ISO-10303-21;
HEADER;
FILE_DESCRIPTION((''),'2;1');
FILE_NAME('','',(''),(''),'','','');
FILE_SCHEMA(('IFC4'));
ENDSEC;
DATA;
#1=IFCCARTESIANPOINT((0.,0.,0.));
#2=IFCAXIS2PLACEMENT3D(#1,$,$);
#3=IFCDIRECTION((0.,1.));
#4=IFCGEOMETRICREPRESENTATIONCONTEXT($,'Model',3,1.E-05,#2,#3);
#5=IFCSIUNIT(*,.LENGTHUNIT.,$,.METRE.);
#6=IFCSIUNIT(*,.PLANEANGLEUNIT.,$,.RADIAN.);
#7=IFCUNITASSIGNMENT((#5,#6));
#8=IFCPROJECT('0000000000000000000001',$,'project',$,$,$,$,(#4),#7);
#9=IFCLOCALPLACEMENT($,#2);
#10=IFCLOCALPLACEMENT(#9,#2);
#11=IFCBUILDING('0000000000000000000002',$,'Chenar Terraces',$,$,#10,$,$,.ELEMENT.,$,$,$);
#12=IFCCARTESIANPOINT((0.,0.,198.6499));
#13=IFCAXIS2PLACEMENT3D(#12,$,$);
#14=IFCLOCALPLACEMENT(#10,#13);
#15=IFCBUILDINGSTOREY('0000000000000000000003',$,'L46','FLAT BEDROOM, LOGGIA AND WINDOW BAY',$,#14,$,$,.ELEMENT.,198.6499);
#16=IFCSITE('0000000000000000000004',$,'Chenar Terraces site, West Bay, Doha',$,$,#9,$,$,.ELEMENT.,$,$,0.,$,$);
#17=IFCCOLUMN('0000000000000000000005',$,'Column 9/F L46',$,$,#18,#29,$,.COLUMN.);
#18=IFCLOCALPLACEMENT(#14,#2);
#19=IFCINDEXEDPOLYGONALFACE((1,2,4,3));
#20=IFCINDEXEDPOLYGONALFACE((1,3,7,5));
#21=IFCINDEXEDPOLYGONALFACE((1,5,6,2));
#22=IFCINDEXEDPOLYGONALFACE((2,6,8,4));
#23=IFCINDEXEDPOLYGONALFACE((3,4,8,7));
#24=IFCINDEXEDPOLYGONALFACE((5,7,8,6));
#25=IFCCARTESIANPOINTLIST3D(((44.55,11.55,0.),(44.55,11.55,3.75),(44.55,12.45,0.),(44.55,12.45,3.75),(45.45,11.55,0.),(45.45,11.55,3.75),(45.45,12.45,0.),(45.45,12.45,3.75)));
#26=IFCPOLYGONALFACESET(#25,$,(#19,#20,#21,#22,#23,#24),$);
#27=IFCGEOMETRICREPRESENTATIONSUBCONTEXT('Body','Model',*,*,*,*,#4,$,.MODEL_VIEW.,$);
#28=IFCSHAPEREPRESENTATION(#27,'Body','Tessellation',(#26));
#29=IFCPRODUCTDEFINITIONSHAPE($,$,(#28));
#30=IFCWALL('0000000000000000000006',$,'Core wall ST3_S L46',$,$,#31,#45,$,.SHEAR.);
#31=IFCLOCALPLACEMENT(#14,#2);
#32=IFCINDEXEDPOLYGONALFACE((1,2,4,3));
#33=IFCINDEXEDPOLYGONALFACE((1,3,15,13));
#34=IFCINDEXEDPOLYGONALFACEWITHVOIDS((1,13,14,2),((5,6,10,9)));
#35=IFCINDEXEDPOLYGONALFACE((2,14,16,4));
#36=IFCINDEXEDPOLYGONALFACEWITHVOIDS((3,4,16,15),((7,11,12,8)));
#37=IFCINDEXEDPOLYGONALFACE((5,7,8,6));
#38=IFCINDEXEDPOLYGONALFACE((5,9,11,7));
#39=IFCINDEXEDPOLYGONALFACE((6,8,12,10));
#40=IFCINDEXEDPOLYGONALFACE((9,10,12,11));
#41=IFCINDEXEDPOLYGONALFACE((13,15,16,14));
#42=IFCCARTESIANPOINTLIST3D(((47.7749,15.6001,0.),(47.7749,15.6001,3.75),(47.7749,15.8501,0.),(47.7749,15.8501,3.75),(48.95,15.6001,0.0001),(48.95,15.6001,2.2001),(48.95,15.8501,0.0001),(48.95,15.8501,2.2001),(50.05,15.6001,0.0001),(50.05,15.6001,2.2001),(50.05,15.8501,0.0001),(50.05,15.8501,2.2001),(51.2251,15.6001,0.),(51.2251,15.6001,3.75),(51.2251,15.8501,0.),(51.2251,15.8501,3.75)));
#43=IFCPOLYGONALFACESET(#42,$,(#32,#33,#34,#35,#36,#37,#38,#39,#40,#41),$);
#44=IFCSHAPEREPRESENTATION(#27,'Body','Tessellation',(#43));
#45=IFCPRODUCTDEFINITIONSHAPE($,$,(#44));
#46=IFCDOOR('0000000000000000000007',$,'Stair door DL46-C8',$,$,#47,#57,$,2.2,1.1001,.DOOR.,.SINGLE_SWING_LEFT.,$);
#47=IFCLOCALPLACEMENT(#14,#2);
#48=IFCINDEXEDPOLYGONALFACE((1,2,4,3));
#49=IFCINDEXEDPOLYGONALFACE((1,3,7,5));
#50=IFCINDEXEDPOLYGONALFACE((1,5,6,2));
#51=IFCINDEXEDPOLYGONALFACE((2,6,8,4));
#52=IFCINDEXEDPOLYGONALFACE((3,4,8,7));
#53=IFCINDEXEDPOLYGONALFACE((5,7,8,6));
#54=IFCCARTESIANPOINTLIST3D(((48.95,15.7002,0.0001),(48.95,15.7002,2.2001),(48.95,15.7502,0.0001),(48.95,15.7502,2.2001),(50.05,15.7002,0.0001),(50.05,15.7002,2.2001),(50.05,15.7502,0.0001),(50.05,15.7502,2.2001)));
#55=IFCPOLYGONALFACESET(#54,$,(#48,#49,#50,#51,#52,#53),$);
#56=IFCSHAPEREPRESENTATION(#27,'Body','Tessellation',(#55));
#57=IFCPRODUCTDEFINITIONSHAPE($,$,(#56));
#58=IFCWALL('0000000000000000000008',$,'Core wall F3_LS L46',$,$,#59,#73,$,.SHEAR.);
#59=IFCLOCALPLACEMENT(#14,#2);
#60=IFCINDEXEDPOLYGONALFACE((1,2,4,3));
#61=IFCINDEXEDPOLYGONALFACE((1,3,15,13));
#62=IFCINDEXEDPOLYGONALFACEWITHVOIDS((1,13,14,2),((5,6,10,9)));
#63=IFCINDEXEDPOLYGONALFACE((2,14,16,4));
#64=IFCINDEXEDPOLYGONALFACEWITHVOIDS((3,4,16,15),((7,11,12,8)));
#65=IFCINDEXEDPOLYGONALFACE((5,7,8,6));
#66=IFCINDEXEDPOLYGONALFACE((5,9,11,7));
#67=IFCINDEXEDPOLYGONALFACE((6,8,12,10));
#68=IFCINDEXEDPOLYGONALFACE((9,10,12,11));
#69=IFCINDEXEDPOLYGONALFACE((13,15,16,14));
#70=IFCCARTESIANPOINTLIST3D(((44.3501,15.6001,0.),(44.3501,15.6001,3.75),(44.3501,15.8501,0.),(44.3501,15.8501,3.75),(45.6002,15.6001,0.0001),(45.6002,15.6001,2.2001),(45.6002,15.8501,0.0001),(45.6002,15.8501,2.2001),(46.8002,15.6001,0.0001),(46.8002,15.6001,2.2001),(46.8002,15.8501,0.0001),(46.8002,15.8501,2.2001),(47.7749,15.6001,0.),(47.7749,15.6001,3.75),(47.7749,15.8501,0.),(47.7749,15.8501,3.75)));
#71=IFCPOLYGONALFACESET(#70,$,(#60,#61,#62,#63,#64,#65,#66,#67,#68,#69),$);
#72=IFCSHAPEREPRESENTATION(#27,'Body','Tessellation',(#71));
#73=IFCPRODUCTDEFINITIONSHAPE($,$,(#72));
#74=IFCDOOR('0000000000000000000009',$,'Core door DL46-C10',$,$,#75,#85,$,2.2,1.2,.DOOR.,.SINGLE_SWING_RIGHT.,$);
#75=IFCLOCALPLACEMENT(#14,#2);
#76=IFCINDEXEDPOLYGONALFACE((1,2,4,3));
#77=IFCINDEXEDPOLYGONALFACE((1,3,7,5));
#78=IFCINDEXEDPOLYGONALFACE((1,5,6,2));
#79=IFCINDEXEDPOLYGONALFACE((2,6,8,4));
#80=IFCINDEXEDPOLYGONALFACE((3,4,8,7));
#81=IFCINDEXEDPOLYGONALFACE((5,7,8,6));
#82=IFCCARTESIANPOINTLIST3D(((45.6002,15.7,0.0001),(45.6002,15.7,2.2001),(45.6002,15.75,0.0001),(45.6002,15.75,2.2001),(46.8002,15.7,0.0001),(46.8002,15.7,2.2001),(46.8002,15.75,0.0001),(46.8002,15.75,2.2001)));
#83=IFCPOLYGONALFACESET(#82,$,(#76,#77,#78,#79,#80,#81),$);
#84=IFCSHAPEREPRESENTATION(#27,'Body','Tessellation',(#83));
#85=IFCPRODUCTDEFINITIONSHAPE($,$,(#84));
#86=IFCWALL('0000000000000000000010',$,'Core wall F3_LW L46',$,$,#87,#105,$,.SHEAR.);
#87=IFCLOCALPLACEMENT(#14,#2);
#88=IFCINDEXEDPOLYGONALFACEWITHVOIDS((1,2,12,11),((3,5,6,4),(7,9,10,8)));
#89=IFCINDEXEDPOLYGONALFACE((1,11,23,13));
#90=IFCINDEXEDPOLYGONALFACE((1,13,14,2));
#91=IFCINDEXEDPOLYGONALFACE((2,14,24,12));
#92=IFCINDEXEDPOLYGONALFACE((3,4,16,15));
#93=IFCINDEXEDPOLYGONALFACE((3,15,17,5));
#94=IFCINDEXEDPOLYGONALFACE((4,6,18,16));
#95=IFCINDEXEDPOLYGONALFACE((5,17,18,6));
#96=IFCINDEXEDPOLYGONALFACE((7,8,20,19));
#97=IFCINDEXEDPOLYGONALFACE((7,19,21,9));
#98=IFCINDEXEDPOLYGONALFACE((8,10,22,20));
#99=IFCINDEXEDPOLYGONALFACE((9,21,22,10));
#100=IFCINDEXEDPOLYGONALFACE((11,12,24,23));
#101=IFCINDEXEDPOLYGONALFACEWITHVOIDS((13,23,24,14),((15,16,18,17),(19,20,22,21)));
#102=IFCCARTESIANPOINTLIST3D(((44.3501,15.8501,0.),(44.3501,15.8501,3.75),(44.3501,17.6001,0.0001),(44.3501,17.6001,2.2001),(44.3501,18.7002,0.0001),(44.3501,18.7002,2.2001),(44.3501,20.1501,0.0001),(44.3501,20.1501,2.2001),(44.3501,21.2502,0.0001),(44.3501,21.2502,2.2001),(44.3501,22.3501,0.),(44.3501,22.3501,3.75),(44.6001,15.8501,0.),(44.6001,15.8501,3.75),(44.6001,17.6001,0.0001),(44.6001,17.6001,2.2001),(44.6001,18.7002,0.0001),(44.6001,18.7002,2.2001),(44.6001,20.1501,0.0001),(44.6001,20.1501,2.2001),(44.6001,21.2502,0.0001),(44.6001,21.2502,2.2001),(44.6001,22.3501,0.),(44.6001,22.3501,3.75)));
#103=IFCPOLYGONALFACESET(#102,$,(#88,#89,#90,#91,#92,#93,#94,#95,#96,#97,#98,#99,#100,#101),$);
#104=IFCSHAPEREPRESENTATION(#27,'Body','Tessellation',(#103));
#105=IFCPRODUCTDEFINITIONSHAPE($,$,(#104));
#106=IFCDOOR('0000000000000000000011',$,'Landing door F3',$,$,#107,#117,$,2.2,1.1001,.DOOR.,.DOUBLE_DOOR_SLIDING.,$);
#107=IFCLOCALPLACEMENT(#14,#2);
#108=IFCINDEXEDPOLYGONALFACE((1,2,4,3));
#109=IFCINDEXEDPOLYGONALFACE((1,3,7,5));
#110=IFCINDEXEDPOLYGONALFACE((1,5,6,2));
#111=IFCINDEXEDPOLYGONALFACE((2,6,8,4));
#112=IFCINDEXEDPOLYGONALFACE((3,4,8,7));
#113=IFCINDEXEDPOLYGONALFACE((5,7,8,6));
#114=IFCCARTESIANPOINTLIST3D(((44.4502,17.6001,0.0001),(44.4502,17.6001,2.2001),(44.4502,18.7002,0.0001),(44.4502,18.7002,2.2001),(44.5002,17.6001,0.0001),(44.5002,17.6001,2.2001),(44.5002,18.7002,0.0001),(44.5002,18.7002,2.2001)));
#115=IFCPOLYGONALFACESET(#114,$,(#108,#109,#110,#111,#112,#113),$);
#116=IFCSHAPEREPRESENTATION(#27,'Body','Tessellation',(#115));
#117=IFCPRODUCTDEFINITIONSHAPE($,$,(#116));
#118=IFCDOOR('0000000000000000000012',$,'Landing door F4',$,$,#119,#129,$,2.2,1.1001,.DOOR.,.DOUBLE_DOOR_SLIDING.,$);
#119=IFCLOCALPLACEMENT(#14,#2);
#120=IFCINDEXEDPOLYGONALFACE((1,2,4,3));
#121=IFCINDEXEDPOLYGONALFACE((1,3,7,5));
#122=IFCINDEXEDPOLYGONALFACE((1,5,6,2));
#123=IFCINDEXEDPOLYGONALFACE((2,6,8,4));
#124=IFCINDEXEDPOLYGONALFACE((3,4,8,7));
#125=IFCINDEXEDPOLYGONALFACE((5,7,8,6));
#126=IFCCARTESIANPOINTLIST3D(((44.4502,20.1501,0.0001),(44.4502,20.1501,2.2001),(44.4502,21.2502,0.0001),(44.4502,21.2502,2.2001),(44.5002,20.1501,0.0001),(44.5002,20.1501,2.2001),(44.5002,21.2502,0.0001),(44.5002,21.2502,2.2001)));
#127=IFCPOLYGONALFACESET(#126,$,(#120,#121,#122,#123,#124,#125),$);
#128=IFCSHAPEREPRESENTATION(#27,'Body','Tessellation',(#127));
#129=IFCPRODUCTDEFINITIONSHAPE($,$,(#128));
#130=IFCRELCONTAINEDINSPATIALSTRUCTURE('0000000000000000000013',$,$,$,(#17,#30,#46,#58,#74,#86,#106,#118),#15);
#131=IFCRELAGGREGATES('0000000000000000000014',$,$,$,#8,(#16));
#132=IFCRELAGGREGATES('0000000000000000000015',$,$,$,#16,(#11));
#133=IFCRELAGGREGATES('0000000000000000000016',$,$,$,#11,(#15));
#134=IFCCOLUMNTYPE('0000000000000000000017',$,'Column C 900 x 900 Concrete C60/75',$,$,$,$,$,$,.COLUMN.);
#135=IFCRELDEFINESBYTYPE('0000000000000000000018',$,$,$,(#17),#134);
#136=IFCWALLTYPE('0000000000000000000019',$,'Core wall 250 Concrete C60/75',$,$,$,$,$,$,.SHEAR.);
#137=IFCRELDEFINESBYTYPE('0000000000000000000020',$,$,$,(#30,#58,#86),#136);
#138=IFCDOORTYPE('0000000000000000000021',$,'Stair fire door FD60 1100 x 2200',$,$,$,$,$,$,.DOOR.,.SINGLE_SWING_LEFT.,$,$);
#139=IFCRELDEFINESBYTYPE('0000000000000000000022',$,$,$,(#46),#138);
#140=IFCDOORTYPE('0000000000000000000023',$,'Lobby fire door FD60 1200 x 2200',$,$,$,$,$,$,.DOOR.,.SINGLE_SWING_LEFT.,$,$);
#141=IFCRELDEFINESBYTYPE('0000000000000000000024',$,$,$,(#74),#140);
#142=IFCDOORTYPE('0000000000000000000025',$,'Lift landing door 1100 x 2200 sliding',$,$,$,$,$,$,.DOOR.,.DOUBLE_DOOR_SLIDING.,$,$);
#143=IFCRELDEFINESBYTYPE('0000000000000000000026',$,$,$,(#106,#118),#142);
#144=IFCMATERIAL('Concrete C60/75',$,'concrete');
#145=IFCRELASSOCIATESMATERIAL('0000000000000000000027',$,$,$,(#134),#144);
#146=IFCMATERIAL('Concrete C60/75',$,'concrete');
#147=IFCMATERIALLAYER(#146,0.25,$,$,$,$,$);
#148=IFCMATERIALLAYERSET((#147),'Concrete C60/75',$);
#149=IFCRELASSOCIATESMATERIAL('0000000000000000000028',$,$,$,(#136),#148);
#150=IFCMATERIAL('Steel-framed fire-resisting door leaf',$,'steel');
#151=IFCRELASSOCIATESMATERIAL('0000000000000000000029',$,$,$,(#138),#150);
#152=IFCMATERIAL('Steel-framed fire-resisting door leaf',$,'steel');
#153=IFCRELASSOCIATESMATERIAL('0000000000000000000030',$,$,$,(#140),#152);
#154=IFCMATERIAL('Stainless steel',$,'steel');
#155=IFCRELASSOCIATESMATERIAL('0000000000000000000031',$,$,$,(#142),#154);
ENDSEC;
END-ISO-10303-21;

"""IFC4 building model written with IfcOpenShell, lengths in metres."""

from ifc_helpers import new_model, si_unit, direction, frame, frame_2d, origin, origin_2d, place, context, subcontext, project, spatial, rectangle, extrude, material, layer, layer_set, material_profile, profile_set, type_object, element, fill, save


model = new_model("IFC4")

# Units and contexts
model_context = context("Model", 3, precision=1e-05, world=origin(), true_north=direction((0.0, 1.0)))
body_context = subcontext(model_context, "Body", "Model", "MODEL_VIEW")
ifc_project = project(units=[si_unit("LENGTHUNIT", "METRE"), si_unit("PLANEANGLEUNIT", "RADIAN")], contexts=[model_context])

# Site, building, storey
site_placement = place(None, origin())
site = spatial("IfcSite", under=ifc_project, at=site_placement, Name="Chenar Terraces site, West Bay, Doha", CompositionType="ELEMENT", RefElevation=0.0)
building_placement = place(site_placement, origin())
building = spatial("IfcBuilding", under=site, at=building_placement, Name="Chenar Terraces", CompositionType="ELEMENT")
storey_placement = place(building_placement, frame((0.0, 0.0, 198.6499)))
storey = spatial("IfcBuildingStorey", under=building, at=storey_placement, Name="L46", Description="FLAT BEDROOM, LOGGIA AND WINDOW BAY", CompositionType="ELEMENT", Elevation=198.6499)

# Column
ifc_material_1 = material(Name="Concrete C60/75", Category="concrete")
ifc_material_profile = material_profile(ifc_material_1, rectangle(XDim=0.8999, YDim=0.8999, at=origin_2d()), Name="C 900 x 900")
ifc_profile_set = profile_set([ifc_material_profile], Name="Concrete C60/75")
column_type = type_object("IfcColumnType", Name="Column C 900 x 900 Concrete C60/75", PredefinedType="COLUMN", material=ifc_profile_set)
column_placement = place(storey_placement, frame((45.0, 12.0, 0.0), z_axis=(0.0, 0.0, 1.0), x_axis=(1.0, 0.0, 0.0)))
element("IfcColumn", 1, at=column_placement, inside=storey, type_object=column_type, Name="Column 9/F L46", PredefinedType="COLUMN", context=body_context, shape_type="SweptSolid", body=[
    extrude(rectangle(XDim=0.8999, YDim=0.8999, at=origin_2d()), origin(), (0.0, 0.0, 1.0), 3.75),
])

# Walls, openings, doors
ifc_material_2 = material(Name="Concrete C60/75", Category="concrete")
ifc_layer_1 = layer(ifc_material_2, 0.25)
ifc_layer_set_1 = layer_set([ifc_layer_1], Name="Concrete C60/75")
wall_type_1 = type_object("IfcWallType", Name="Core wall 250 Concrete C60/75", PredefinedType="SHEAR", material=ifc_layer_set_1)
wall_1_placement = place(storey_placement, frame((47.7749, 15.7251, 0.0), z_axis=(0.0, 0.0, 1.0), x_axis=(1.0, 0.0, 0.0)))
wall_1 = element("IfcWall", 2, at=wall_1_placement, inside=storey, type_object=wall_type_1, Name="Core wall ST3_S L46", PredefinedType="SHEAR", context=body_context, shape_type="SweptSolid", body=[
    extrude(rectangle(XDim=3.4502, YDim=0.25, at=frame_2d((1.7251, 0.0))), origin(), (0.0, 0.0, 1.0), 3.75),
])
opening_1_placement = place(wall_1_placement, frame((1.175, 0.0, 0.0)))
opening_1 = element("IfcOpeningElement", 3, at=opening_1_placement, cuts=wall_1, PredefinedType="OPENING", context=body_context, shape_type="SweptSolid", body=[
    extrude(rectangle(XDim=1.1001, YDim=2.2, at=frame_2d((0.55, 1.1001))), frame((0.0, 0.135, 0.0), z_axis=(0.0, -1.0, 0.0), x_axis=(1.0, 0.0, 0.0)), (0.0, 0.0, 1.0), 0.27),
])
ifc_material_3 = material(Name="Steel-framed fire-resisting door leaf", Category="steel")
door_type_1 = type_object("IfcDoorType", Name="Stair fire door FD60 1100 x 2200", OperationType="SINGLE_SWING_LEFT", PredefinedType="DOOR", material=ifc_material_3)
door_1_placement = place(opening_1_placement, frame((1.1001, 0.0, 0.0), z_axis=(0.0, 0.0, 1.0), x_axis=(-1.0, 0.0, 0.0)))
door_1 = element("IfcDoor", 4, at=door_1_placement, inside=storey, type_object=door_type_1, Name="Stair door DL46-C8", OperationType="SINGLE_SWING_LEFT", OverallHeight=2.2, OverallWidth=1.1001, PredefinedType="DOOR", context=body_context, shape_type="SweptSolid", body=[
    extrude(rectangle(XDim=1.1001, YDim=2.2, at=frame_2d((0.55, 1.1001))), frame((0.0, 0.0249, 0.0), z_axis=(0.0, -1.0, 0.0), x_axis=(1.0, 0.0, 0.0)), (0.0, 0.0, 1.0), 0.05),
])
fill(opening_1, door_1)
wall_2_placement = place(storey_placement, frame((44.3501, 15.7251, 0.0), z_axis=(0.0, 0.0, 1.0), x_axis=(1.0, 0.0, 0.0)))
wall_2 = element("IfcWall", 5, at=wall_2_placement, inside=storey, type_object=wall_type_1, Name="Core wall F3_LS L46", PredefinedType="SHEAR", context=body_context, shape_type="SweptSolid", body=[
    extrude(rectangle(XDim=3.4248, YDim=0.25, at=frame_2d((1.7124, 0.0))), origin(), (0.0, 0.0, 1.0), 3.75),
])
opening_2_placement = place(wall_2_placement, frame((1.25, 0.0, 0.0)))
opening_2 = element("IfcOpeningElement", 6, at=opening_2_placement, cuts=wall_2, PredefinedType="OPENING", context=body_context, shape_type="SweptSolid", body=[
    extrude(rectangle(XDim=1.2, YDim=2.2, at=frame_2d((0.6001, 1.1001))), frame((0.0, 0.135, 0.0), z_axis=(0.0, -1.0, 0.0), x_axis=(1.0, 0.0, 0.0)), (0.0, 0.0, 1.0), 0.27),
])
ifc_material_4 = material(Name="Steel-framed fire-resisting door leaf", Category="steel")
door_type_2 = type_object("IfcDoorType", Name="Lobby fire door FD60 1200 x 2200", OperationType="SINGLE_SWING_LEFT", PredefinedType="DOOR", material=ifc_material_4)
door_2_placement = place(opening_2_placement, origin())
door_2 = element("IfcDoor", 7, at=door_2_placement, inside=storey, type_object=door_type_2, Name="Core door DL46-C10", OperationType="SINGLE_SWING_RIGHT", OverallHeight=2.2, OverallWidth=1.2, PredefinedType="DOOR", context=body_context, shape_type="SweptSolid", body=[
    extrude(rectangle(XDim=1.2, YDim=2.2, at=frame_2d((0.6001, 1.1001))), frame((0.0, 0.0249, 0.0), z_axis=(0.0, -1.0, 0.0), x_axis=(1.0, 0.0, 0.0)), (0.0, 0.0, 1.0), 0.05),
])
fill(opening_2, door_2)

# Wall, openings, doors
wall_3_placement = place(storey_placement, frame((44.4751, 15.8501, 0.0), z_axis=(0.0, 0.0, 1.0), x_axis=(0.0, 1.0, 0.0)))
wall_3 = element("IfcWall", 8, at=wall_3_placement, inside=storey, type_object=wall_type_1, Name="Core wall F3_LW L46", PredefinedType="SHEAR", context=body_context, shape_type="SweptSolid", body=[
    extrude(rectangle(XDim=6.5, YDim=0.25, at=frame_2d((3.25, 0.0))), origin(), (0.0, 0.0, 1.0), 3.75),
])
opening_3_placement = place(wall_3_placement, frame((1.75, 0.0, 0.0)))
opening_3 = element("IfcOpeningElement", 9, at=opening_3_placement, cuts=wall_3, PredefinedType="OPENING", context=body_context, shape_type="SweptSolid", body=[
    extrude(rectangle(XDim=1.1001, YDim=2.2, at=frame_2d((0.55, 1.1001))), frame((0.0, 0.135, 0.0), z_axis=(0.0, -1.0, 0.0), x_axis=(1.0, 0.0, 0.0)), (0.0, 0.0, 1.0), 0.27),
])
opening_4_placement = place(wall_3_placement, frame((4.3, 0.0, 0.0)))
opening_4 = element("IfcOpeningElement", 10, at=opening_4_placement, cuts=wall_3, PredefinedType="OPENING", context=body_context, shape_type="SweptSolid", body=[
    extrude(rectangle(XDim=1.1001, YDim=2.2, at=frame_2d((0.55, 1.1001))), frame((0.0, 0.135, 0.0), z_axis=(0.0, -1.0, 0.0), x_axis=(1.0, 0.0, 0.0)), (0.0, 0.0, 1.0), 0.27),
])
ifc_material_5 = material(Name="Stainless steel", Category="steel")
door_type_3 = type_object("IfcDoorType", Name="Lift landing door 1100 x 2200 sliding", OperationType="DOUBLE_DOOR_SLIDING", PredefinedType="DOOR", material=ifc_material_5)
door_3_placement = place(opening_3_placement, origin())
door_3 = element("IfcDoor", 11, at=door_3_placement, inside=storey, type_object=door_type_3, Name="Landing door F3", OperationType="DOUBLE_DOOR_SLIDING", OverallHeight=2.2, OverallWidth=1.1001, PredefinedType="DOOR", context=body_context, shape_type="SweptSolid", body=[
    extrude(rectangle(XDim=1.1001, YDim=2.2, at=frame_2d((0.55, 1.1001))), frame((0.0, 0.0249, 0.0), z_axis=(0.0, -1.0, 0.0), x_axis=(1.0, 0.0, 0.0)), (0.0, 0.0, 1.0), 0.05),
])
fill(opening_3, door_3)
door_4_placement = place(opening_4_placement, origin())
door_4 = element("IfcDoor", 12, at=door_4_placement, inside=storey, type_object=door_type_3, Name="Landing door F4", OperationType="DOUBLE_DOOR_SLIDING", OverallHeight=2.2, OverallWidth=1.1001, PredefinedType="DOOR", context=body_context, shape_type="SweptSolid", body=[
    extrude(rectangle(XDim=1.1001, YDim=2.2, at=frame_2d((0.55, 1.1001))), frame((0.0, 0.0249, 0.0), z_axis=(0.0, -1.0, 0.0), x_axis=(1.0, 0.0, 0.0)), (0.0, 0.0, 1.0), 0.05),
])
fill(opening_4, door_4)

save(model, "model.ifc")
